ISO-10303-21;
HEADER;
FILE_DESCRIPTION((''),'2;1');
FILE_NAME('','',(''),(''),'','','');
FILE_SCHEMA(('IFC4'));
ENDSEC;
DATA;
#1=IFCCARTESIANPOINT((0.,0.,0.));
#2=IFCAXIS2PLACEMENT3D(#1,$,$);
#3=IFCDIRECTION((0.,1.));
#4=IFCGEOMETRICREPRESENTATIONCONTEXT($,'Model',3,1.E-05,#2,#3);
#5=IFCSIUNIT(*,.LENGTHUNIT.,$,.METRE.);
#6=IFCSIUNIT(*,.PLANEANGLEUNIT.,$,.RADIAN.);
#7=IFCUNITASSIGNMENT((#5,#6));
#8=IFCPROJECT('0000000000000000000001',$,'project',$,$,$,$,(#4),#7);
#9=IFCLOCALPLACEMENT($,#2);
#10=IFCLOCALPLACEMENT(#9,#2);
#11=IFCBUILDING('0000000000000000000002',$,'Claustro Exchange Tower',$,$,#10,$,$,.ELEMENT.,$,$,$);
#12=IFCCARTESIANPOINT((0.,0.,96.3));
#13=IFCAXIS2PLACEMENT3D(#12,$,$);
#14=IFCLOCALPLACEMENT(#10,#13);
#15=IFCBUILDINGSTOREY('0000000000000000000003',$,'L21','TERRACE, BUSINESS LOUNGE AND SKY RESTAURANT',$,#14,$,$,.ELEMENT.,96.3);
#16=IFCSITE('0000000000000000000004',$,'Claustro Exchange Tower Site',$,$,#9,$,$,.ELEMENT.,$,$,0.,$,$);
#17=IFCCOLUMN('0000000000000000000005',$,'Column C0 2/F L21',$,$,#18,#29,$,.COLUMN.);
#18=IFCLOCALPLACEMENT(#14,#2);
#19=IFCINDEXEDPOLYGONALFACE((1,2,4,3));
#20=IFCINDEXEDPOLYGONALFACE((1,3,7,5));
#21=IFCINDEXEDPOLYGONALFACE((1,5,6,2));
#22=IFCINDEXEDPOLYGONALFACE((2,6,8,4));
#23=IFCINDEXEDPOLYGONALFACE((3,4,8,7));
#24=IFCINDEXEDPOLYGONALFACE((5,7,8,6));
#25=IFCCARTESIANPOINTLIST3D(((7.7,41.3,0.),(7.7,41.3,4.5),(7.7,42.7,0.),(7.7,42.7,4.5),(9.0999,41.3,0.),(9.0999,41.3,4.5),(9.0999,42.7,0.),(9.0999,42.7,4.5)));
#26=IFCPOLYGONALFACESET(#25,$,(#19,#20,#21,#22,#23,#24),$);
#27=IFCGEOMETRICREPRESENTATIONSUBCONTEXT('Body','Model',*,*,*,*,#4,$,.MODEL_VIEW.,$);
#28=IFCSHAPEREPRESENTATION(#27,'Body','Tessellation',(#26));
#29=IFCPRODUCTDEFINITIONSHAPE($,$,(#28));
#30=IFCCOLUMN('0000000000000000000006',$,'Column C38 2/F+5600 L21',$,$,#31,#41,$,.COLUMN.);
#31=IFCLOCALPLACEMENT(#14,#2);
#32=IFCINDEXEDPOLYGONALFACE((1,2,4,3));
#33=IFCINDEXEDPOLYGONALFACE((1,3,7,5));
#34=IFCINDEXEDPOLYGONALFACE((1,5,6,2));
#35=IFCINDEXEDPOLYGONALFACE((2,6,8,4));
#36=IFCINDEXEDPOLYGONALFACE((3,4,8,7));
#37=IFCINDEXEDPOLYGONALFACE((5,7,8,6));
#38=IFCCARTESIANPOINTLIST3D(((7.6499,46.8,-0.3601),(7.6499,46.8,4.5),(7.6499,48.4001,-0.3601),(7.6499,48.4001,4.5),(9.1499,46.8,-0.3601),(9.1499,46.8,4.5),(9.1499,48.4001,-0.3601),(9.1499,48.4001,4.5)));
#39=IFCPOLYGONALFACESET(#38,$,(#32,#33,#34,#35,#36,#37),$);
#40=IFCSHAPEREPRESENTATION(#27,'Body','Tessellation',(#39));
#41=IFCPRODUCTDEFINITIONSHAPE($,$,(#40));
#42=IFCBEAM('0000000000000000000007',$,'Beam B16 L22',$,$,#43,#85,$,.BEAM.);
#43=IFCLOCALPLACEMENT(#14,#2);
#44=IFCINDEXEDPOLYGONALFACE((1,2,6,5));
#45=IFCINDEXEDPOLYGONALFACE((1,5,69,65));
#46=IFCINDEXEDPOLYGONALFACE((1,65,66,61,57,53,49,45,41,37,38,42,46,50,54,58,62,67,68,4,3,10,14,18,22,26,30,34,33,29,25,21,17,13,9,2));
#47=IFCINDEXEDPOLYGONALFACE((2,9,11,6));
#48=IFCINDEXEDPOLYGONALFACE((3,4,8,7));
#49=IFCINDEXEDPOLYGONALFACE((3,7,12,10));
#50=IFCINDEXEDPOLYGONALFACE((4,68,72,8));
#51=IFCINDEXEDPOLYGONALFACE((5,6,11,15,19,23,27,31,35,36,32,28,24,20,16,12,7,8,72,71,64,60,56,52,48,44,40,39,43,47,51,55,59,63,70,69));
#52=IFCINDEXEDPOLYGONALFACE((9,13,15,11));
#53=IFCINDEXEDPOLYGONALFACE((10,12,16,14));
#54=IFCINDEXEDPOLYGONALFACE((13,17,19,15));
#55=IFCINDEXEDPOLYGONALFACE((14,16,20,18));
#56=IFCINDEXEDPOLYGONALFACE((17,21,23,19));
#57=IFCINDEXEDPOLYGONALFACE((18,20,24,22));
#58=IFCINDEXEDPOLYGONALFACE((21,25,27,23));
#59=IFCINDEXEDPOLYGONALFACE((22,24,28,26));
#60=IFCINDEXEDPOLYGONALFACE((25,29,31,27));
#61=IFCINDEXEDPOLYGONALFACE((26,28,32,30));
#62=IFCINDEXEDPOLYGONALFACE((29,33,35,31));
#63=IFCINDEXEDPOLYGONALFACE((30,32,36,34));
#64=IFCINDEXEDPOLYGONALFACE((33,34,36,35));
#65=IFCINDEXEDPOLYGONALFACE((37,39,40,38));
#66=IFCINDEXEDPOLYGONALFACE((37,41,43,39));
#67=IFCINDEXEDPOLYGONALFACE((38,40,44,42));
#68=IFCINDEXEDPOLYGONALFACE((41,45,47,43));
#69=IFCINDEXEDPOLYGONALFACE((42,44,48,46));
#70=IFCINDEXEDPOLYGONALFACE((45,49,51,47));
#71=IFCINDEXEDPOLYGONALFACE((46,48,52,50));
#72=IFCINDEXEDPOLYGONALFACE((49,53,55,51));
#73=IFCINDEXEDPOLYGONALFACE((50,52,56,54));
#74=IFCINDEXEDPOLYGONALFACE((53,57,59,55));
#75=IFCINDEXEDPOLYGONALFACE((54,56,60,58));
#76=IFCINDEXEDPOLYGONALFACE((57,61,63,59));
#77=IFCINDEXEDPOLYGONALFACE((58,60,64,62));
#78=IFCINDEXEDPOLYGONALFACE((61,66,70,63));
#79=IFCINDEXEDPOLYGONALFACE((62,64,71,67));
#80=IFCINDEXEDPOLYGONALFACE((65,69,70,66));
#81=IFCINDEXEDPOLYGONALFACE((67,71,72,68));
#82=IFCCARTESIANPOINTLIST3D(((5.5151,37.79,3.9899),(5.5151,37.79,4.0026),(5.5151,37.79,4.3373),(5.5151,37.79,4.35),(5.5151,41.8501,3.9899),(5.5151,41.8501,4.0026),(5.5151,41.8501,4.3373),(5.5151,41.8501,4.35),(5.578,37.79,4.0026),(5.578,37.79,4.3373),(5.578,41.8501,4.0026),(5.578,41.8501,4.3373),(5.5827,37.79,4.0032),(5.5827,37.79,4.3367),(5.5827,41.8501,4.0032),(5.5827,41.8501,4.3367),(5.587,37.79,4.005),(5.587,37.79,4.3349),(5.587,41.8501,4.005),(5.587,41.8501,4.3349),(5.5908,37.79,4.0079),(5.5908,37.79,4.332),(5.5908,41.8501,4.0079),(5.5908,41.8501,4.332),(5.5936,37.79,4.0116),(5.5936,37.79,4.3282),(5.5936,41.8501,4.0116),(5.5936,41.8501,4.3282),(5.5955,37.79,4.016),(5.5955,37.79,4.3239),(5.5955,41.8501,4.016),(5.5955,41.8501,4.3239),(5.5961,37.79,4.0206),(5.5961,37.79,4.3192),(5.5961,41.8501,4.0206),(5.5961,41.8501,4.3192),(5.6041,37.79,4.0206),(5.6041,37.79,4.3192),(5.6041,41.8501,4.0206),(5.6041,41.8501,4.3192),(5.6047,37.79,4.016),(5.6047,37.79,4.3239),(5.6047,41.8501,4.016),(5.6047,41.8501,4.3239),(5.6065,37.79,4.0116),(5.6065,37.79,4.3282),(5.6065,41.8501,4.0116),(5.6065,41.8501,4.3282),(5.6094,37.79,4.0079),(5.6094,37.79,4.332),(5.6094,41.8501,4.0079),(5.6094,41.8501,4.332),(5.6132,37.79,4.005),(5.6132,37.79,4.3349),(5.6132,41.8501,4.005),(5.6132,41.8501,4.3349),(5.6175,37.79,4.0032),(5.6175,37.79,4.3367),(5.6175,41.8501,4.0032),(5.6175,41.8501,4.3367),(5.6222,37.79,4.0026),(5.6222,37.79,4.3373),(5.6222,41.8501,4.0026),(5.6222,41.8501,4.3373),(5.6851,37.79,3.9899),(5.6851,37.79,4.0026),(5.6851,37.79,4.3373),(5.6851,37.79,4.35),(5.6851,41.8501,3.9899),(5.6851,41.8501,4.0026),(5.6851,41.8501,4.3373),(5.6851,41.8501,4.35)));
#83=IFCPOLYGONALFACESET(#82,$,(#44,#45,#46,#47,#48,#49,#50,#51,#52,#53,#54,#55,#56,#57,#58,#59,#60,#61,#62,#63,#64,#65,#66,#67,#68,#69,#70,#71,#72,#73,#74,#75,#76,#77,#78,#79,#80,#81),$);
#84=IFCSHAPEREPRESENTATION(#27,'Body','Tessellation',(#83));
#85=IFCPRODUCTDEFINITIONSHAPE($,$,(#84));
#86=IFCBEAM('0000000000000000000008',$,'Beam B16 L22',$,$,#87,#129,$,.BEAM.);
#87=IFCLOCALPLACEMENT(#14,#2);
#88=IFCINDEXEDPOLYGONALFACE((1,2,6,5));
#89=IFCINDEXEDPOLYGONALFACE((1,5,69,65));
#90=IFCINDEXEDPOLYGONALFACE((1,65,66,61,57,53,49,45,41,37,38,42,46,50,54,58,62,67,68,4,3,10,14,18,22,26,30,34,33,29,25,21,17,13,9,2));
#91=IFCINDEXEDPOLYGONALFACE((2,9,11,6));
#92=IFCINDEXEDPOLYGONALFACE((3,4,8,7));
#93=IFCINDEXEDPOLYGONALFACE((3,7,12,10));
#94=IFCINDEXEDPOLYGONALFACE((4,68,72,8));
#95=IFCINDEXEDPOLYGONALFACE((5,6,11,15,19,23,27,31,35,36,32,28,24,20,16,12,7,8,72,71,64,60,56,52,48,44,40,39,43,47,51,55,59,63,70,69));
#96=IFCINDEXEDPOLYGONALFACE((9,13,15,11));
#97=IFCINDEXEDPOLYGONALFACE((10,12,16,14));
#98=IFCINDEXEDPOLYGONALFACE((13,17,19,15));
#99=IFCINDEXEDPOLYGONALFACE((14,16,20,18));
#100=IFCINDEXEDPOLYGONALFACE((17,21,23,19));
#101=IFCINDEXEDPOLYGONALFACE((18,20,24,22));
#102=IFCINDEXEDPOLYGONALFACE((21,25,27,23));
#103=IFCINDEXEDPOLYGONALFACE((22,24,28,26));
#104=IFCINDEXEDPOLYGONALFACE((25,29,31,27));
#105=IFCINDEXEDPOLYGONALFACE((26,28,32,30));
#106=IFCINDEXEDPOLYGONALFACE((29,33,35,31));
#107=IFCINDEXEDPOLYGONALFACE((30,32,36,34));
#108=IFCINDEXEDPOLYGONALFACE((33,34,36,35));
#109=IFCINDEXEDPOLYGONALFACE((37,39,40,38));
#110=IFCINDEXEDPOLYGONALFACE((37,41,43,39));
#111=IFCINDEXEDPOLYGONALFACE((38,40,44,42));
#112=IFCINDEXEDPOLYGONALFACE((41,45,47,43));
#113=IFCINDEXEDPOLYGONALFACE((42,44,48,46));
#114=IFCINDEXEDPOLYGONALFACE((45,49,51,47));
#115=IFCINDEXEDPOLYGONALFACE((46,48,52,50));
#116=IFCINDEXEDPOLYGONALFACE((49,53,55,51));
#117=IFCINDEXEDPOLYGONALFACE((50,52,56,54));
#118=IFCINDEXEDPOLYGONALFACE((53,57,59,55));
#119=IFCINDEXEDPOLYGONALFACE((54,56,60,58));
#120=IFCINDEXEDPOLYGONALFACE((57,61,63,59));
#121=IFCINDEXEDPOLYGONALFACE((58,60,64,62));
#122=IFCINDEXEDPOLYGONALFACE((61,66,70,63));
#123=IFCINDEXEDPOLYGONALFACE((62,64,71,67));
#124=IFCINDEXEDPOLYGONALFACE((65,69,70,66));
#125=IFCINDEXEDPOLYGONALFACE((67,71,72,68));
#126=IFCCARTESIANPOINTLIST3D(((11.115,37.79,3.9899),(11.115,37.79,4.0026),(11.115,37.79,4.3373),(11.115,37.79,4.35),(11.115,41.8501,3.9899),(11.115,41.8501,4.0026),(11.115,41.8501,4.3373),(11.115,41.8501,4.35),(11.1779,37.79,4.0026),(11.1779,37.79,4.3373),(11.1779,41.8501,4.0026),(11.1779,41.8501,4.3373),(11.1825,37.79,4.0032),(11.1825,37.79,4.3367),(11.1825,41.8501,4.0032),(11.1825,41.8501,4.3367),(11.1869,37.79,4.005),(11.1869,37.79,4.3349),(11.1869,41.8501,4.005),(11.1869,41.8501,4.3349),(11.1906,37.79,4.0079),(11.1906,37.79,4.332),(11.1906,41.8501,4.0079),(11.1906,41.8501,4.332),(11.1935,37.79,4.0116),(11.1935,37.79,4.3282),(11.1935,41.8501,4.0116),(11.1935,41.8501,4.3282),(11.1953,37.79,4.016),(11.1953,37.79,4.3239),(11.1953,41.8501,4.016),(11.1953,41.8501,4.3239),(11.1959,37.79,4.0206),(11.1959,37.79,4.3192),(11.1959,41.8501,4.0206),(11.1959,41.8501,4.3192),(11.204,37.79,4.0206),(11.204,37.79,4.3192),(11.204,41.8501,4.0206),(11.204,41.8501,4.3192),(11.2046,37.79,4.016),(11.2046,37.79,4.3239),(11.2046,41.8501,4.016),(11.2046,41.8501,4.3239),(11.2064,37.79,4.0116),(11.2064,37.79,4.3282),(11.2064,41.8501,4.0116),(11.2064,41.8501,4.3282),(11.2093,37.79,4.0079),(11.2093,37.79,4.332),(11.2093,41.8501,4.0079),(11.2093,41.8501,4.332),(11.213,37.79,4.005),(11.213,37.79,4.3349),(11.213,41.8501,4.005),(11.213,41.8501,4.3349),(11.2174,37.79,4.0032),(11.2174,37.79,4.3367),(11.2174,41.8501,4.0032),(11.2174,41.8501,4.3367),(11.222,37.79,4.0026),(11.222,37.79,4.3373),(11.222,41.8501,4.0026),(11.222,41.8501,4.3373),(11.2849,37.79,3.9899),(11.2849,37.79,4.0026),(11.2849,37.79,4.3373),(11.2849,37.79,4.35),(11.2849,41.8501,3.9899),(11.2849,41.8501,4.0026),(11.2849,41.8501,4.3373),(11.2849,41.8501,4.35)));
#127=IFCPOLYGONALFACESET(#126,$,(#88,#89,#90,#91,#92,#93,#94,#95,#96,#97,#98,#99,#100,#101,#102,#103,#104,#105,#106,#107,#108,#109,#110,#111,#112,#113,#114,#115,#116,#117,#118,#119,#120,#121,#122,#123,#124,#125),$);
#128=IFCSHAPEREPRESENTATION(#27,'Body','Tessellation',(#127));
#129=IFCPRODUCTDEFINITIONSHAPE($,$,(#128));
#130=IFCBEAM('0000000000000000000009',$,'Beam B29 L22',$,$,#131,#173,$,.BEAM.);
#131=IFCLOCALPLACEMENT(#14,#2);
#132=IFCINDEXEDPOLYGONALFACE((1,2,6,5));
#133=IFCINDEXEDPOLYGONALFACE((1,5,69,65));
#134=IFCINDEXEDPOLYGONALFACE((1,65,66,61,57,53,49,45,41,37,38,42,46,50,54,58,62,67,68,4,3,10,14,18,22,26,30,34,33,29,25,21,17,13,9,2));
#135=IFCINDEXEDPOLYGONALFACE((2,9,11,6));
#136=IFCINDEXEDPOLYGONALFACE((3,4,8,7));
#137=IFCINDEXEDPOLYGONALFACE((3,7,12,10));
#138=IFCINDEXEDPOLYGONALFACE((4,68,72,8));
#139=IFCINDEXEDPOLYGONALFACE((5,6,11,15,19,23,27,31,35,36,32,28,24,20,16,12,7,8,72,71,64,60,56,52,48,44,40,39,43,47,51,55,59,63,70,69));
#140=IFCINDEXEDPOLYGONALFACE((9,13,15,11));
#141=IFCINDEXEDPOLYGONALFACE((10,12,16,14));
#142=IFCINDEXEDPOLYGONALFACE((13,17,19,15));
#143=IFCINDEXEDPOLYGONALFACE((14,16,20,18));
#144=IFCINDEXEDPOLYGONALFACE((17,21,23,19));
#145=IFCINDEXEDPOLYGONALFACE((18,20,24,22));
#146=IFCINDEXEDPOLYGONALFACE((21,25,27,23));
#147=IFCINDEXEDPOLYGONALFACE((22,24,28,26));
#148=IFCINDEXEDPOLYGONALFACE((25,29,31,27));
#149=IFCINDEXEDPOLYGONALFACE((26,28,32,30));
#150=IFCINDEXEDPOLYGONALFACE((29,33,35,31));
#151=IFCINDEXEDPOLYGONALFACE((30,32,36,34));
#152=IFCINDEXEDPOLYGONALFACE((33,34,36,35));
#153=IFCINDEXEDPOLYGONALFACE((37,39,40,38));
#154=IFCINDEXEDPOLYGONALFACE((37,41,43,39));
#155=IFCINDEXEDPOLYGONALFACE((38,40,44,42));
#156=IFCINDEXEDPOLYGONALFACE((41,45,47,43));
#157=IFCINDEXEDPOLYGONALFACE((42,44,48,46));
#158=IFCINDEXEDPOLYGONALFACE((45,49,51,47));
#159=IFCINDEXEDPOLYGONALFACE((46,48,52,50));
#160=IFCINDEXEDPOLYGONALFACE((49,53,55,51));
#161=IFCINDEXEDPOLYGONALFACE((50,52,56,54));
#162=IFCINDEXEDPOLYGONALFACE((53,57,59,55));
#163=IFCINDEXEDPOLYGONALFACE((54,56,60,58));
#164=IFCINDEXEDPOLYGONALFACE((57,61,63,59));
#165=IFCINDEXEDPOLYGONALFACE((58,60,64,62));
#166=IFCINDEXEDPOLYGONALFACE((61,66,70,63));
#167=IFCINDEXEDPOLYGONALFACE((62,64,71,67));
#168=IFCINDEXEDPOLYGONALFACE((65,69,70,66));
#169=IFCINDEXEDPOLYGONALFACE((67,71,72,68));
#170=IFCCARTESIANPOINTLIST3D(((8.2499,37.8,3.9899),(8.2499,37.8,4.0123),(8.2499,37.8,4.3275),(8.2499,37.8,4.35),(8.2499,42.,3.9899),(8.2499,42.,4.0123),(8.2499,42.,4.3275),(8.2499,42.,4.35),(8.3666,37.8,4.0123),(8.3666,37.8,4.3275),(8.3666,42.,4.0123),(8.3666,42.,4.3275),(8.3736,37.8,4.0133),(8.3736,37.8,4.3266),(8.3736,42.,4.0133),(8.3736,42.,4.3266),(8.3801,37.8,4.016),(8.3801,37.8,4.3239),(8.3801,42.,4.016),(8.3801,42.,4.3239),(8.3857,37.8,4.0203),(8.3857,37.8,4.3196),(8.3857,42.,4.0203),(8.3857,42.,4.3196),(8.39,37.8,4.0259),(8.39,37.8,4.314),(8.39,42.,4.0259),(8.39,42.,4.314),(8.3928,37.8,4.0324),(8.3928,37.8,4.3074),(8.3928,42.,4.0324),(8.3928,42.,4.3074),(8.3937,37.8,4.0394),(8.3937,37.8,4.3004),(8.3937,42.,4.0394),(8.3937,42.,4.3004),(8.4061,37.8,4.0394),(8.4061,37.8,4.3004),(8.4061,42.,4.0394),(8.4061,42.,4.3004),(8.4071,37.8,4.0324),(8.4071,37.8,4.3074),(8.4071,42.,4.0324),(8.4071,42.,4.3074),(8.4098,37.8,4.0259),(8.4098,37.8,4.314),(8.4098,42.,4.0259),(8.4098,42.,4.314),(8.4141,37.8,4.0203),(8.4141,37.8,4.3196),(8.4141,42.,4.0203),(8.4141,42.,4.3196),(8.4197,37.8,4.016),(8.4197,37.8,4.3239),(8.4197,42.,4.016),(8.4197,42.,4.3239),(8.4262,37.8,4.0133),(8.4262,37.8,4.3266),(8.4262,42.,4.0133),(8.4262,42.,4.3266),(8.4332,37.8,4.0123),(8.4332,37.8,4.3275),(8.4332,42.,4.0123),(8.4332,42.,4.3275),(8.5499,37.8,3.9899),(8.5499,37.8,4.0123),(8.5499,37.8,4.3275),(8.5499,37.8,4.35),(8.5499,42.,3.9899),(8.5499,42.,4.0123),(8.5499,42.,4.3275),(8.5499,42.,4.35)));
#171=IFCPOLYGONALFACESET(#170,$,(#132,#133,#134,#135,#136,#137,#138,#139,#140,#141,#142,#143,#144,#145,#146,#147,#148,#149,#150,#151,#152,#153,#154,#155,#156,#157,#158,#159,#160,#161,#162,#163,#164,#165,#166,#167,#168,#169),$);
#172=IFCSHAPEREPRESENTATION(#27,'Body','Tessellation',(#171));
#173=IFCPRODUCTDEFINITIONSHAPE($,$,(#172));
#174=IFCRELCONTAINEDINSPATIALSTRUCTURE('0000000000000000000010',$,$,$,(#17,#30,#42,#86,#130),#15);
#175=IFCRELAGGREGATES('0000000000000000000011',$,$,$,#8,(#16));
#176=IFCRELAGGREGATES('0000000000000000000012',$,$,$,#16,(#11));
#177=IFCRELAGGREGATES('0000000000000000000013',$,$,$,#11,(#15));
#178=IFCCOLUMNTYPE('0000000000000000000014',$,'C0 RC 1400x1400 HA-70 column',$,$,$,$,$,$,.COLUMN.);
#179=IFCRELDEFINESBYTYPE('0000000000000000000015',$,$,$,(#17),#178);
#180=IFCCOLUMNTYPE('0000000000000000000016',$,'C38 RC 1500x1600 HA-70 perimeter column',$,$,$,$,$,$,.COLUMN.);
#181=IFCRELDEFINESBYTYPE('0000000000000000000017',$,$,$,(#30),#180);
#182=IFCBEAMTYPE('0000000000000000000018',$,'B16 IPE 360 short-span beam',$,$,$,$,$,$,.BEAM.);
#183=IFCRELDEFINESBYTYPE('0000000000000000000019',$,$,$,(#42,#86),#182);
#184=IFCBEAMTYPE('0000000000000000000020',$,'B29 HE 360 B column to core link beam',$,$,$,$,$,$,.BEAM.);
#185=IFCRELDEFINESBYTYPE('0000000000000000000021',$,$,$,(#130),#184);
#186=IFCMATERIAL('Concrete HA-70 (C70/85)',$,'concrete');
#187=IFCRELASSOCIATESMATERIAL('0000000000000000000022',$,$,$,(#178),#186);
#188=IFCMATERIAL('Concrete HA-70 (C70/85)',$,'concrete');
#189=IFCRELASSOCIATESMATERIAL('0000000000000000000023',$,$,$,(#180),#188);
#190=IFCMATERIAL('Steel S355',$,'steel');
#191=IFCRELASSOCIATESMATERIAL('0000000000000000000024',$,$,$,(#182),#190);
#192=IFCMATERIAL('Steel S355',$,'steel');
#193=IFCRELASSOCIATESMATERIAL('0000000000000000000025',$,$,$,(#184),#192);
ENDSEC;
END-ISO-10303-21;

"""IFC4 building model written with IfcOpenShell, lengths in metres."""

from ifc_helpers import new_model, si_unit, direction, frame, origin, origin_2d, place, context, subcontext, project, spatial, rectangle, i_section, extrude, material, material_profile, profile_set, type_object, element, save


model = new_model("IFC4")

# Units and contexts
model_context = context("Model", 3, precision=1e-05, world=origin(), true_north=direction((0.0, 1.0)))
body_context = subcontext(model_context, "Body", "Model", "MODEL_VIEW")
ifc_project = project(units=[si_unit("LENGTHUNIT", "METRE"), si_unit("PLANEANGLEUNIT", "RADIAN")], contexts=[model_context])

# Site, building, storey
site_placement = place(None, origin())
site = spatial("IfcSite", under=ifc_project, at=site_placement, Name="Claustro Exchange Tower Site", CompositionType="ELEMENT", RefElevation=0.0)
building_placement = place(site_placement, origin())
building = spatial("IfcBuilding", under=site, at=building_placement, Name="Claustro Exchange Tower", CompositionType="ELEMENT")
storey_placement = place(building_placement, frame((0.0, 0.0, 96.3)))
storey = spatial("IfcBuildingStorey", under=building, at=storey_placement, Name="L21", Description="TERRACE, BUSINESS LOUNGE AND SKY RESTAURANT", CompositionType="ELEMENT", Elevation=96.3)

# Columns
ifc_material_1 = material(Name="Concrete HA-70 (C70/85)", Category="concrete")
ifc_material_profile_1 = material_profile(ifc_material_1, rectangle(XDim=1.3999, YDim=1.3999, at=origin_2d()), Name="RC 1400x1400")
ifc_profile_set_1 = profile_set([ifc_material_profile_1], Name="Concrete HA-70 (C70/85)")
column_type_1 = type_object("IfcColumnType", Name="C0 RC 1400x1400 HA-70 column", PredefinedType="COLUMN", material=ifc_profile_set_1)
column_1_placement = place(storey_placement, frame((8.3999, 42.0, 0.0), z_axis=(0.0, 0.0, 1.0), x_axis=(1.0, 0.0, 0.0)))
element("IfcColumn", 1, at=column_1_placement, inside=storey, type_object=column_type_1, Name="Column C0 2/F L21", PredefinedType="COLUMN", context=body_context, shape_type="SweptSolid", body=[
    extrude(rectangle(XDim=1.3999, YDim=1.3999, at=origin_2d()), origin(), (0.0, 0.0, 1.0), 4.5),
])
ifc_material_2 = material(Name="Concrete HA-70 (C70/85)", Category="concrete")
ifc_material_profile_2 = material_profile(ifc_material_2, rectangle(XDim=1.5, YDim=1.6001, at=origin_2d()), Name="RC 1500x1600")
ifc_profile_set_2 = profile_set([ifc_material_profile_2], Name="Concrete HA-70 (C70/85)")
column_type_2 = type_object("IfcColumnType", Name="C38 RC 1500x1600 HA-70 perimeter column", PredefinedType="COLUMN", material=ifc_profile_set_2)
column_2_placement = place(storey_placement, frame((8.3999, 47.6001, -0.3601), z_axis=(0.0, 0.0, 1.0), x_axis=(1.0, 0.0, 0.0)))
element("IfcColumn", 2, at=column_2_placement, inside=storey, type_object=column_type_2, Name="Column C38 2/F+5600 L21", PredefinedType="COLUMN", context=body_context, shape_type="SweptSolid", body=[
    extrude(rectangle(XDim=1.5, YDim=1.6001, at=origin_2d()), origin(), (0.0, 0.0, 1.0), 4.8601),
])

# Beams
ifc_material_3 = material(Name="Steel S355", Category="steel")
ifc_material_profile_3 = material_profile(ifc_material_3, i_section(OverallWidth=0.1699, OverallDepth=0.3601, WebThickness=0.0081, FlangeThickness=0.0127, FilletRadius=0.0181, at=origin_2d()), Name="IPE 360")
ifc_profile_set_3 = profile_set([ifc_material_profile_3], Name="Steel S355")
beam_type_1 = type_object("IfcBeamType", Name="B16 IPE 360 short-span beam", PredefinedType="BEAM", material=ifc_profile_set_3)
for number, where, z_axis, x_axis, name in (
    (3, (5.6001, 37.79, 4.1699), (0.0, 1.0, 0.0), (-1.0, 0.0, 0.0), "Beam B16 L22"),
    (4, (11.2, 37.79, 4.1699), (0.0, 1.0, 0.0), (-1.0, 0.0, 0.0), "Beam B16 L22"),
):
    element("IfcBeam", number, at=place(storey_placement, frame(where, z_axis=z_axis, x_axis=x_axis)), inside=storey, type_object=beam_type_1, Name=name, PredefinedType="BEAM", context=body_context, shape_type="SweptSolid", body=[
        extrude(i_section(OverallWidth=0.1699, OverallDepth=0.3601, WebThickness=0.0081, FlangeThickness=0.0127, FilletRadius=0.0181, at=origin_2d()), origin(), (0.0, 0.0, 1.0), 4.0601),
    ])
ifc_material_4 = material(Name="Steel S355", Category="steel")
ifc_material_profile_4 = material_profile(ifc_material_4, i_section(OverallWidth=0.3, OverallDepth=0.3601, WebThickness=0.0125, FlangeThickness=0.0225, FilletRadius=0.0271, at=origin_2d()), Name="HE 360 B")
ifc_profile_set_4 = profile_set([ifc_material_profile_4], Name="Steel S355")
beam_type_2 = type_object("IfcBeamType", Name="B29 HE 360 B column to core link beam", PredefinedType="BEAM", material=ifc_profile_set_4)
beam_1_placement = place(storey_placement, frame((8.3999, 37.8, 4.1699), z_axis=(0.0, 1.0, 0.0), x_axis=(-1.0, 0.0, 0.0)))
element("IfcBeam", 5, at=beam_1_placement, inside=storey, type_object=beam_type_2, Name="Beam B29 L22", PredefinedType="BEAM", context=body_context, shape_type="SweptSolid", body=[
    extrude(i_section(OverallWidth=0.3, OverallDepth=0.3601, WebThickness=0.0125, FlangeThickness=0.0225, FilletRadius=0.0271, at=origin_2d()), origin(), (0.0, 0.0, 1.0), 4.2),
])

save(model, "model.ifc")
